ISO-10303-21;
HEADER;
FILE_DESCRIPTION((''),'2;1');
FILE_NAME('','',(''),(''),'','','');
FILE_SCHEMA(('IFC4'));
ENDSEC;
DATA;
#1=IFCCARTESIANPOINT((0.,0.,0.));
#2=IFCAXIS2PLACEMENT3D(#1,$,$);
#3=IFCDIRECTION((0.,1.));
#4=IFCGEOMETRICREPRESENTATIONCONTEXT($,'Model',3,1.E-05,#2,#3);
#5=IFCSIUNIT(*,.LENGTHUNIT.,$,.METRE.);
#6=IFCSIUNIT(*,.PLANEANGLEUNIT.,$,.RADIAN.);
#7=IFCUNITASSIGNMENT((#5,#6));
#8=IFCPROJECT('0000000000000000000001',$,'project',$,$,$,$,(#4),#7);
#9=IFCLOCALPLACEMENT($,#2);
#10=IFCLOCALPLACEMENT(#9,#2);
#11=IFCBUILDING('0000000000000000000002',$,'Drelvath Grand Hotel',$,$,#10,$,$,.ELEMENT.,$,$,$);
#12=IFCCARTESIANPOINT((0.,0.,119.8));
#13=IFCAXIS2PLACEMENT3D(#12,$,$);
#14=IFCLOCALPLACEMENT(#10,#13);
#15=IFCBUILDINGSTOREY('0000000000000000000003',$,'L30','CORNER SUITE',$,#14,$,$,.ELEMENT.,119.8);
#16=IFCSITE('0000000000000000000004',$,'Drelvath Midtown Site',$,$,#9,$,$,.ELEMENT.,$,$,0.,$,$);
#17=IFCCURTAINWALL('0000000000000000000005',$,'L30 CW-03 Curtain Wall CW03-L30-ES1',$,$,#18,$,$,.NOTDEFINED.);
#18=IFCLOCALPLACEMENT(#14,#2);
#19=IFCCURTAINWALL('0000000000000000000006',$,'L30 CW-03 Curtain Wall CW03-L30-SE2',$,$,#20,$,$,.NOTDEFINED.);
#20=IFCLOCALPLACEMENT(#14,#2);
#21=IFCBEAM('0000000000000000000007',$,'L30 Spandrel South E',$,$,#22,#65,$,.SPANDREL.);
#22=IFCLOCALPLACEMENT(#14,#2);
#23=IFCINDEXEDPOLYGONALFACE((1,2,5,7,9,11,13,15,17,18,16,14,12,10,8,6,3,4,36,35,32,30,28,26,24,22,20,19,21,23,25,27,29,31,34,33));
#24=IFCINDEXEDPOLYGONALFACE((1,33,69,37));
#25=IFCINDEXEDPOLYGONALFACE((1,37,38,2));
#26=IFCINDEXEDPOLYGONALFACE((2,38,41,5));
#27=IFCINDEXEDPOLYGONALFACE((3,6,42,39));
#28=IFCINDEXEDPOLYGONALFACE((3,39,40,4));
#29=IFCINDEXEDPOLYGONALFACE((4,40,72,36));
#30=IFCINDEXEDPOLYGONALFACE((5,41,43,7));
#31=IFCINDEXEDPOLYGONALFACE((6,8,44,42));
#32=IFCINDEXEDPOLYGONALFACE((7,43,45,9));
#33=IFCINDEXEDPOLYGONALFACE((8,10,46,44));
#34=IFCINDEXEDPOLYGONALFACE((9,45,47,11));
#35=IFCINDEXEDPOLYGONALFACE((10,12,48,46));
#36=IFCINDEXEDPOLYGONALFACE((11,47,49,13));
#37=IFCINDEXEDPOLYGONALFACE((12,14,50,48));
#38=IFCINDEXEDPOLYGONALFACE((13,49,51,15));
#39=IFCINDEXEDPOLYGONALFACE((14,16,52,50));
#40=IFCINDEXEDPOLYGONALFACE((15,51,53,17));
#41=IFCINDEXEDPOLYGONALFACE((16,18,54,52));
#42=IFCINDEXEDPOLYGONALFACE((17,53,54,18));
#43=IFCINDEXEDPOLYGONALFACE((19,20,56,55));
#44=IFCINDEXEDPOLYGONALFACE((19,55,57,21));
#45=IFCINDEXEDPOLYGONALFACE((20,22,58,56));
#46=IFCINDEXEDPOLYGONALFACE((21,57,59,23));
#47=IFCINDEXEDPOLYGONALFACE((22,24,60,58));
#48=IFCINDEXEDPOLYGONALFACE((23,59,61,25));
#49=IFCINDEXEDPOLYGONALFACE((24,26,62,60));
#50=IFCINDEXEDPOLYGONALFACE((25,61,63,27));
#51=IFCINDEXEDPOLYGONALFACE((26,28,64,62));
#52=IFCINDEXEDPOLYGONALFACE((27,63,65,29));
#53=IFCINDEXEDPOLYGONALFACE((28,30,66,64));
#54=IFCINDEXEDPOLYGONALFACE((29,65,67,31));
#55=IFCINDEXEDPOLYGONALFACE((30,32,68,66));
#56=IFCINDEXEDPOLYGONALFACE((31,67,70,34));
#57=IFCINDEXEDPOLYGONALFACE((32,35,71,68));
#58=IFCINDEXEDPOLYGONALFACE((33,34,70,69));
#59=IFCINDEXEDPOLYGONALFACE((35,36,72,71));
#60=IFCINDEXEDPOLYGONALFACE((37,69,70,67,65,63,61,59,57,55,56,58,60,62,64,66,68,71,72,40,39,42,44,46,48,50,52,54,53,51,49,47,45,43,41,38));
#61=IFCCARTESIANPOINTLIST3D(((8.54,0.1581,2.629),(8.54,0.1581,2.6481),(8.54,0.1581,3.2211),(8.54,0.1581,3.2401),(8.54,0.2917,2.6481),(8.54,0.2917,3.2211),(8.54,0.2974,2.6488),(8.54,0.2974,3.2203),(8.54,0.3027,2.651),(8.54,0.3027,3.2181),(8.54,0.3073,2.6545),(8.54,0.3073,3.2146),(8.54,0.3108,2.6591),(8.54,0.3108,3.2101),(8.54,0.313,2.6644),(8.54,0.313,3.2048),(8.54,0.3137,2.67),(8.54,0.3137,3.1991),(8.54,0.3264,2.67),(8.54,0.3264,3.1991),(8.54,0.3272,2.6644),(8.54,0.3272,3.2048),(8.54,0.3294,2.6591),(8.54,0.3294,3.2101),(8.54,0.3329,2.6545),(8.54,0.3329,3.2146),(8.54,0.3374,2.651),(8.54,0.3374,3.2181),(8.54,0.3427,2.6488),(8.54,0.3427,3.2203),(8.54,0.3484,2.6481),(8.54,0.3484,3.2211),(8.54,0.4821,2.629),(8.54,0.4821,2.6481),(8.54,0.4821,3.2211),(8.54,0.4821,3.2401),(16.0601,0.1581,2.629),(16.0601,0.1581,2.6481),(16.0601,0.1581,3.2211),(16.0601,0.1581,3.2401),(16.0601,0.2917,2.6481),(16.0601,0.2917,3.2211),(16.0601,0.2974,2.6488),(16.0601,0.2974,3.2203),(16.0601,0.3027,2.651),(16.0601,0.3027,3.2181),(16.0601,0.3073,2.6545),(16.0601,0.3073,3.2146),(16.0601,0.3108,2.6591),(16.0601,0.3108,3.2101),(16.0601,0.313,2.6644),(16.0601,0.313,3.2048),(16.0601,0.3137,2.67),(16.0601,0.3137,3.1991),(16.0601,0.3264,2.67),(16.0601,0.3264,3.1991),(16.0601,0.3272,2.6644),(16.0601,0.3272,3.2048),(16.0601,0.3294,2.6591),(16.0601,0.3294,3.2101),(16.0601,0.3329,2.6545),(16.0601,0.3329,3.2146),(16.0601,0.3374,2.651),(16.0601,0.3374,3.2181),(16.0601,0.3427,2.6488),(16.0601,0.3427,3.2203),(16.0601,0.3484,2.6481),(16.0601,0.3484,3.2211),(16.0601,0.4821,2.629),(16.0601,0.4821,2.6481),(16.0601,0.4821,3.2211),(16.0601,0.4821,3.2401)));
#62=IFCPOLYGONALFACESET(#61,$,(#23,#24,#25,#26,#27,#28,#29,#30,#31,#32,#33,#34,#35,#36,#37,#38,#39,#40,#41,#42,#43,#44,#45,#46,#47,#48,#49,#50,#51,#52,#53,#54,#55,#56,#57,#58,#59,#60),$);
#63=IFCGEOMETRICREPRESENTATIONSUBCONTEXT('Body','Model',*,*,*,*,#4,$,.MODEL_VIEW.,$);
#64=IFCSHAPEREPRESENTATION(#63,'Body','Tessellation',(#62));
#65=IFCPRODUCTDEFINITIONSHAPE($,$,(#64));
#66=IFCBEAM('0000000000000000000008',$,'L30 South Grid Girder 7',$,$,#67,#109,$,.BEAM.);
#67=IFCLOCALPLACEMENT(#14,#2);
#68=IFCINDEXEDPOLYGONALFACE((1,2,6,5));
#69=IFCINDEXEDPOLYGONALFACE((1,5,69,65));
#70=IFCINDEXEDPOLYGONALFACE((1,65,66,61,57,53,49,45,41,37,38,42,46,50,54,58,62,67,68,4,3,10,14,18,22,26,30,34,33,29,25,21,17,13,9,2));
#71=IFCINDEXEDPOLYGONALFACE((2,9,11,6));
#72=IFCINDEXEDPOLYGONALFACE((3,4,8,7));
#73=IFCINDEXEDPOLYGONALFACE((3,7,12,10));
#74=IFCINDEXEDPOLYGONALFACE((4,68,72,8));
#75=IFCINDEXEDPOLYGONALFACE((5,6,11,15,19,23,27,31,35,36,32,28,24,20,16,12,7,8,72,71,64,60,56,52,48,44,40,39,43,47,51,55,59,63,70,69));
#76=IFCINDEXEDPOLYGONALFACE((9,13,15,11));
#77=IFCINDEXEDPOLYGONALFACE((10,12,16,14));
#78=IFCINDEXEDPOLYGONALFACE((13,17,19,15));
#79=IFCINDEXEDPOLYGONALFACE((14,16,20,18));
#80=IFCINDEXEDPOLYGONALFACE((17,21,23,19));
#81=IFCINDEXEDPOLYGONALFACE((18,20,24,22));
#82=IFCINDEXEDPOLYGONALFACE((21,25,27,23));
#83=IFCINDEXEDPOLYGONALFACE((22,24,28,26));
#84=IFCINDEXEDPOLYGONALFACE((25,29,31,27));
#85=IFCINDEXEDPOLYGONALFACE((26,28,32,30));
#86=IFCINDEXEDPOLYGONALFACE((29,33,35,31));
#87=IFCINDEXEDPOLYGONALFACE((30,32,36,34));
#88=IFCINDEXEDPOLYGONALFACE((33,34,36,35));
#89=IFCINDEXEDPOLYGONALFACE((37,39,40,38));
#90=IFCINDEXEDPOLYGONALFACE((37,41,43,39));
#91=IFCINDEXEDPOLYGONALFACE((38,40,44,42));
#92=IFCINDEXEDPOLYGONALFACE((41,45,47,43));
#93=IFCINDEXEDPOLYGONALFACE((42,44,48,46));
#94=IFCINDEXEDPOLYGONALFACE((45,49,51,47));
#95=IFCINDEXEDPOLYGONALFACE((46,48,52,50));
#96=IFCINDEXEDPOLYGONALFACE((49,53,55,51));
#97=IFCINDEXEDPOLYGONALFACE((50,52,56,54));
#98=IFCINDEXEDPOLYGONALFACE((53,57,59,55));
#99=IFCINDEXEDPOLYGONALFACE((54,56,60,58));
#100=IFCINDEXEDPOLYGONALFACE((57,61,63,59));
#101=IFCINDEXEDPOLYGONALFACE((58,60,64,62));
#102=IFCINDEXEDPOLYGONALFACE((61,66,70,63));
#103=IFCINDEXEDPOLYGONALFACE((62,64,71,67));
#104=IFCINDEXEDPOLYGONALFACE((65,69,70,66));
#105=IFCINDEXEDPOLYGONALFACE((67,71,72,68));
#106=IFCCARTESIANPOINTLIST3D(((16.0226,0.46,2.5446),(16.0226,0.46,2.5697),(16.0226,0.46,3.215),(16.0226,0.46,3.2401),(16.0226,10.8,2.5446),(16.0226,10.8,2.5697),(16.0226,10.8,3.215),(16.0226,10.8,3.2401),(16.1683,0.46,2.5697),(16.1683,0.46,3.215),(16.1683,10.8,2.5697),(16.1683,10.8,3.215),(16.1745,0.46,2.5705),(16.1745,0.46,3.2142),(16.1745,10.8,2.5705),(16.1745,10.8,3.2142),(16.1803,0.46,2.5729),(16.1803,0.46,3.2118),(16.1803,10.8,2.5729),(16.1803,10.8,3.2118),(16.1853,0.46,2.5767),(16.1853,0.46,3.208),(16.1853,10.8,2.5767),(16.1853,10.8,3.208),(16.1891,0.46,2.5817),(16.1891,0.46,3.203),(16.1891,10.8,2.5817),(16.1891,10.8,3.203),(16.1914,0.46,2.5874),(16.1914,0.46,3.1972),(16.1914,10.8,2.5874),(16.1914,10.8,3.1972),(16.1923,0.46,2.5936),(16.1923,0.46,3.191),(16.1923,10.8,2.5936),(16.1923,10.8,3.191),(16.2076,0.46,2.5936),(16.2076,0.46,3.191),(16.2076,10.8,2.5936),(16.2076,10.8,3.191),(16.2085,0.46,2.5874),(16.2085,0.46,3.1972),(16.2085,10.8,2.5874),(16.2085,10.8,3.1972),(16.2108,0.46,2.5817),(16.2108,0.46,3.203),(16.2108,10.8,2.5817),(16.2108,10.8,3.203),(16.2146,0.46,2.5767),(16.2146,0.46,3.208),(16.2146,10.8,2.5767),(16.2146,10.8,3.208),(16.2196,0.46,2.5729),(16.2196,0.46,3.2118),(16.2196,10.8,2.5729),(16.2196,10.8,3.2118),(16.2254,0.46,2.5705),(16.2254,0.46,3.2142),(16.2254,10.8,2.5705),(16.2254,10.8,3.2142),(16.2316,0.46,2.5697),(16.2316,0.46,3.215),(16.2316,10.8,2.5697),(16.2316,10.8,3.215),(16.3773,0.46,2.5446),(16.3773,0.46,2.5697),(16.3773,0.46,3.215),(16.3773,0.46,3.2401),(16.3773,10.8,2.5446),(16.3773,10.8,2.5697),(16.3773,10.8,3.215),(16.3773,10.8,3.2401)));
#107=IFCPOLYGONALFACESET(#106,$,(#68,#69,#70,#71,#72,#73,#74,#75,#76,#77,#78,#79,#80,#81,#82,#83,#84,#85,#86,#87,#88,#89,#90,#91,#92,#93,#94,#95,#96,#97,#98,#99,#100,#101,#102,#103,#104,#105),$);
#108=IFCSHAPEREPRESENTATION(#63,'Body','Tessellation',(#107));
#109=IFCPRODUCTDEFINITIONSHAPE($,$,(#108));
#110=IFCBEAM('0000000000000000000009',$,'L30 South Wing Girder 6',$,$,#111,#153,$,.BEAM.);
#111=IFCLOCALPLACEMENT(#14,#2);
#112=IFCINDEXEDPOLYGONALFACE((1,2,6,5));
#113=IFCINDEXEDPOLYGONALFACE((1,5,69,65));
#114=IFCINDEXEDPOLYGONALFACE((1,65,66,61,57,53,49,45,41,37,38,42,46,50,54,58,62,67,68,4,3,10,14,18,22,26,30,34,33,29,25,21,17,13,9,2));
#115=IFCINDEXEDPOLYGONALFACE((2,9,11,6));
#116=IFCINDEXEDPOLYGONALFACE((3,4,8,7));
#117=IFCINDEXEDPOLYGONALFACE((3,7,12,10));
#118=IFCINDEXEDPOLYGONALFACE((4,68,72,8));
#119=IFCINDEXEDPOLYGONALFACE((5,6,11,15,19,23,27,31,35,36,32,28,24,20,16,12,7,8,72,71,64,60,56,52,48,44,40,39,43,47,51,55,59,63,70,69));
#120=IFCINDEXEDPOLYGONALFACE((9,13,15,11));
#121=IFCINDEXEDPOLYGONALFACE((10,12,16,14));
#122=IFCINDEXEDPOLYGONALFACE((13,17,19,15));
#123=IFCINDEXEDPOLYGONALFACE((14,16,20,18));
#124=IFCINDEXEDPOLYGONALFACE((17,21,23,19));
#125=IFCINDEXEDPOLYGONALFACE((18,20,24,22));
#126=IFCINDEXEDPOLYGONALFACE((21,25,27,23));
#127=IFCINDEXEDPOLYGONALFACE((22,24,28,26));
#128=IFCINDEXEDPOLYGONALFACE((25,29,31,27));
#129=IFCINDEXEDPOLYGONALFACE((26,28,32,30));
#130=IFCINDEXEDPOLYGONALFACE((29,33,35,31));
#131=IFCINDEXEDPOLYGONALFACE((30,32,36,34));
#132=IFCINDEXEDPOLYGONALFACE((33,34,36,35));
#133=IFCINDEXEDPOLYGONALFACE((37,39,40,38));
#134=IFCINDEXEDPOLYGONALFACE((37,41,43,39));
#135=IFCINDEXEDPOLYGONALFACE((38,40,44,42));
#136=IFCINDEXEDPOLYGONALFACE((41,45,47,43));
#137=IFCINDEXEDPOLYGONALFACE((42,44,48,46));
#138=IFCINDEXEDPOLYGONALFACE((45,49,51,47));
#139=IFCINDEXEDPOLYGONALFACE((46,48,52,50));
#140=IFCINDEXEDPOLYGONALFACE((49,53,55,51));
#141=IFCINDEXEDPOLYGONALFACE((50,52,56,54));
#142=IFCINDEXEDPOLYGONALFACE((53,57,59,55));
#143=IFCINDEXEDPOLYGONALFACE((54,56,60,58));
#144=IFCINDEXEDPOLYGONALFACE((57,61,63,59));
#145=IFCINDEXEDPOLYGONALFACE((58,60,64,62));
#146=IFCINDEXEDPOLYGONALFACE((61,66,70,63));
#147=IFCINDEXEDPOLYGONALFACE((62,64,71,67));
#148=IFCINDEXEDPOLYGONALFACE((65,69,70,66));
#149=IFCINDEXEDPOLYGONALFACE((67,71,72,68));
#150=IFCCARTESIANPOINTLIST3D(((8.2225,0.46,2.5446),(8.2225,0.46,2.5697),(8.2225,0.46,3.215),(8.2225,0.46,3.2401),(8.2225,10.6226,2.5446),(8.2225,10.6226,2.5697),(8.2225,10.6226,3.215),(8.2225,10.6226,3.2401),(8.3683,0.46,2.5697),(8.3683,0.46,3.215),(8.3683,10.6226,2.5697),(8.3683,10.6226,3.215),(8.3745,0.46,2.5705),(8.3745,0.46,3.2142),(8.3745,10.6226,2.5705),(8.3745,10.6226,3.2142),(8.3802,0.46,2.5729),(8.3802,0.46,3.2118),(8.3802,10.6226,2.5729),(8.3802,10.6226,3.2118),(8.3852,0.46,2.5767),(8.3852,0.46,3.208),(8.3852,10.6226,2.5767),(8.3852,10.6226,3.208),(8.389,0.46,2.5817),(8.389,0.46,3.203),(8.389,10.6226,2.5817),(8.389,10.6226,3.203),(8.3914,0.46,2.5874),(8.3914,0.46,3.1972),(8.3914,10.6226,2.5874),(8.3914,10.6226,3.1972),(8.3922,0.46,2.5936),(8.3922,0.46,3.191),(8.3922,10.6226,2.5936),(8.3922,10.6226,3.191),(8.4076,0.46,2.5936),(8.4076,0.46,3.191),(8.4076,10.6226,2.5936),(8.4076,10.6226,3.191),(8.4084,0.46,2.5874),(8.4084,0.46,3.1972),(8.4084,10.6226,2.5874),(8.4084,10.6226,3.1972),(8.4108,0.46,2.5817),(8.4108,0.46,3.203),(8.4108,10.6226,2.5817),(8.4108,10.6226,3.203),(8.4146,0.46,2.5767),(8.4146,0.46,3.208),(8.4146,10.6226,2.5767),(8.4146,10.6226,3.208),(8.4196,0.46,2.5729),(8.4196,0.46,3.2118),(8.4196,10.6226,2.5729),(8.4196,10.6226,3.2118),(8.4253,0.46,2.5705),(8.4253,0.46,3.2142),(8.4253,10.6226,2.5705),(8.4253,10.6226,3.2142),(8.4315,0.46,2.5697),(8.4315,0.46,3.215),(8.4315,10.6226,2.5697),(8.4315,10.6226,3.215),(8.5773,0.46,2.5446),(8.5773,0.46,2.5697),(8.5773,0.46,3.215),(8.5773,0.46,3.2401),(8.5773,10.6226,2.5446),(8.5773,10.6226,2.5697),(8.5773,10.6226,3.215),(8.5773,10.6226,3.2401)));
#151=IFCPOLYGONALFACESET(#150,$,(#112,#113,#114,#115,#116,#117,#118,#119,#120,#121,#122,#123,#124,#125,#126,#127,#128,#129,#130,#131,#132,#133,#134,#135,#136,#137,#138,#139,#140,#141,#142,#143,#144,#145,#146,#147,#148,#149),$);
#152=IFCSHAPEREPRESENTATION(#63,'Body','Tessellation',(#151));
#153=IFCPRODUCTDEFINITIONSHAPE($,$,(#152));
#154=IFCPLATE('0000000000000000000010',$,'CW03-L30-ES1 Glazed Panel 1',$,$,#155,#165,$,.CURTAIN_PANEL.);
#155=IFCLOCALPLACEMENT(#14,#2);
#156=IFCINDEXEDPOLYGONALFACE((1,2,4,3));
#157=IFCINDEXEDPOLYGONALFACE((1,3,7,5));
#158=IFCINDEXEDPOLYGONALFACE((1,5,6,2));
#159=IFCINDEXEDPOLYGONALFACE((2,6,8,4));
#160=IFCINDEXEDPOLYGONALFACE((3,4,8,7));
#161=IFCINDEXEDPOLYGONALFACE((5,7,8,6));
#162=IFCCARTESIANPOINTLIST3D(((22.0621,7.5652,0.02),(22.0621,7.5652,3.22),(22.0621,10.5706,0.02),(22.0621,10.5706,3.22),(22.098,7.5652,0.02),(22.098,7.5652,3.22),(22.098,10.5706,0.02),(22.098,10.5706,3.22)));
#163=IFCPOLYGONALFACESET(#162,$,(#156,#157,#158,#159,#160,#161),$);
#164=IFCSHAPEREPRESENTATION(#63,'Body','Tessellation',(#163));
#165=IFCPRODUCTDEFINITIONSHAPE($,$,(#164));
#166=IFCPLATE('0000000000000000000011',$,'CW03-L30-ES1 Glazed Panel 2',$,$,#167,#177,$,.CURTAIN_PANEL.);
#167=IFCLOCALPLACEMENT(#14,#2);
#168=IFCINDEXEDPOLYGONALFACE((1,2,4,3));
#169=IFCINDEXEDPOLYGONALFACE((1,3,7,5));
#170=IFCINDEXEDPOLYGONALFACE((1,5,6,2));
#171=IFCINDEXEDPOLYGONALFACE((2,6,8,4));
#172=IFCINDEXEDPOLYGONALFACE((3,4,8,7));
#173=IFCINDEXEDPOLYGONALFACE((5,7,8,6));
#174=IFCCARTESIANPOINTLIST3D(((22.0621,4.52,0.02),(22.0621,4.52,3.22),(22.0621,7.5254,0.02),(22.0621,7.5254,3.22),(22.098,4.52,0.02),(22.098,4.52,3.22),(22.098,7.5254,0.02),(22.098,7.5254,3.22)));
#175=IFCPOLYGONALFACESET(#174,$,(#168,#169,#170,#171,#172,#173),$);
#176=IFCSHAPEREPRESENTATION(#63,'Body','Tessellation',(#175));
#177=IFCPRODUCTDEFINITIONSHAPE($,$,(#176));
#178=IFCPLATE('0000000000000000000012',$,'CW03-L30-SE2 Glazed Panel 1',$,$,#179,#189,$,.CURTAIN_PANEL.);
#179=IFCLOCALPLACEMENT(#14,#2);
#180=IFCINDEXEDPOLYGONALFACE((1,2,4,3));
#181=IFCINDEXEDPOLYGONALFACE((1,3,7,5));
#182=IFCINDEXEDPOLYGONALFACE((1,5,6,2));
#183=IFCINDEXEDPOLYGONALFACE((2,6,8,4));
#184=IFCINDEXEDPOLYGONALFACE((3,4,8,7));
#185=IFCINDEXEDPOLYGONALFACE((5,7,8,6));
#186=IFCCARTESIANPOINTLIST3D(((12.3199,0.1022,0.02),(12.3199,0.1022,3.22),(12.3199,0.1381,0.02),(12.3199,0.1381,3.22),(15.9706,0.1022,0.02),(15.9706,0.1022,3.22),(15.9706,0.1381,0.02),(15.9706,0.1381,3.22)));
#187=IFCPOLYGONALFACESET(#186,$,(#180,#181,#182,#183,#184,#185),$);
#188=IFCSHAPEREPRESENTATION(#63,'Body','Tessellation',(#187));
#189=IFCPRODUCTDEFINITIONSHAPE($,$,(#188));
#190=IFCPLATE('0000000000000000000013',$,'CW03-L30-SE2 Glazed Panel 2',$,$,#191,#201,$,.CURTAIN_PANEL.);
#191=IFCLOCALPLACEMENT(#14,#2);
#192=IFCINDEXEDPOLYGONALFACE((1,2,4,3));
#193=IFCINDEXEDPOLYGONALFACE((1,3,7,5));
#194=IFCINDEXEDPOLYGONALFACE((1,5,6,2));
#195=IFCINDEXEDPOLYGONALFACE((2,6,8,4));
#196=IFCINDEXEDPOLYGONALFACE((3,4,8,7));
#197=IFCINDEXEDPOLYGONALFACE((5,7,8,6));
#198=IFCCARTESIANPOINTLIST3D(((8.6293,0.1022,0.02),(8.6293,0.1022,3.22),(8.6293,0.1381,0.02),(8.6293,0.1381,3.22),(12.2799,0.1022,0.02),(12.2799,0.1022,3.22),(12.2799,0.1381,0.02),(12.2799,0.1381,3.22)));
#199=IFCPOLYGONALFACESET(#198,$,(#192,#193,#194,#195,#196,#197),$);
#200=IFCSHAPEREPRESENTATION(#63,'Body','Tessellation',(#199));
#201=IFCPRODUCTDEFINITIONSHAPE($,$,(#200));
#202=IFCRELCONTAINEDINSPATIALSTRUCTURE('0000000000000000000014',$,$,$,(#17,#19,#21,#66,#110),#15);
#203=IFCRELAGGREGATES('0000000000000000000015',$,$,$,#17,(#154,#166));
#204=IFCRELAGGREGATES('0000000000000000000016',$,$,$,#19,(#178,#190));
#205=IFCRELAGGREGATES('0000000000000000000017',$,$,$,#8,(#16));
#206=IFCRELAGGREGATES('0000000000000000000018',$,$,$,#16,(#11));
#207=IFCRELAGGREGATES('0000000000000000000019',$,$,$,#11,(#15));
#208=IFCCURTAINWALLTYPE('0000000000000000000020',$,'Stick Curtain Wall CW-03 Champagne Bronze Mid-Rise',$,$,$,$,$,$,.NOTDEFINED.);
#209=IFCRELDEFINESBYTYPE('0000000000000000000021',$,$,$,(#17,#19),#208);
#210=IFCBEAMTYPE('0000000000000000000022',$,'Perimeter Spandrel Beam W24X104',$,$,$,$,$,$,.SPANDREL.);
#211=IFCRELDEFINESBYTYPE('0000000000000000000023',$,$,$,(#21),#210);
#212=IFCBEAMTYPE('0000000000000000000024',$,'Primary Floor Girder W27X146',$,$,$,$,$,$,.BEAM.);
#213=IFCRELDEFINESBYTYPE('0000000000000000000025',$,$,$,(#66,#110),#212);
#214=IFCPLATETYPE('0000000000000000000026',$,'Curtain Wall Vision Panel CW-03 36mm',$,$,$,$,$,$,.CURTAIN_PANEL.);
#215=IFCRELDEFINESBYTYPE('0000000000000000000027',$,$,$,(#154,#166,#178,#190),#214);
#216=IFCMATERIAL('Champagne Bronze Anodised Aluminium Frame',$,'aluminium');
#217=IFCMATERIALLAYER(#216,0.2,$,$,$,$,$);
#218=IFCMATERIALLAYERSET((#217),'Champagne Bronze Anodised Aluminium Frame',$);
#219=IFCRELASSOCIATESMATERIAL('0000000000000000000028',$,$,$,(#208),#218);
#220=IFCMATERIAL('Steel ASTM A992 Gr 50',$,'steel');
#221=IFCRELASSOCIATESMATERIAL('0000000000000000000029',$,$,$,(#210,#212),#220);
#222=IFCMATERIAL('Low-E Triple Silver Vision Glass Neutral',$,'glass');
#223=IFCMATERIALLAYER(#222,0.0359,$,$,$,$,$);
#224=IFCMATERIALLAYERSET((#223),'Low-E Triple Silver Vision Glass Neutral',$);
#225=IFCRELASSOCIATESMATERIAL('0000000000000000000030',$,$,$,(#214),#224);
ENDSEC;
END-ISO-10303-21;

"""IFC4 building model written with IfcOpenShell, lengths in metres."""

from ifc_helpers import new_model, si_unit, direction, frame, origin, origin_2d, place, context, subcontext, project, spatial, rectangle, i_section, extrude, material, layer, layer_set, material_profile, profile_set, type_object, element, aggregate, save


model = new_model("IFC4")

# Units and contexts
model_context = context("Model", 3, precision=1e-05, world=origin(), true_north=direction((0.0, 1.0)))
body_context = subcontext(model_context, "Body", "Model", "MODEL_VIEW")
ifc_project = project(units=[si_unit("LENGTHUNIT", "METRE"), si_unit("PLANEANGLEUNIT", "RADIAN")], contexts=[model_context])

# Site, building, storey
site_placement = place(None, origin())
site = spatial("IfcSite", under=ifc_project, at=site_placement, Name="Drelvath Midtown Site", CompositionType="ELEMENT", RefElevation=0.0)
building_placement = place(site_placement, origin())
building = spatial("IfcBuilding", under=site, at=building_placement, Name="Drelvath Grand Hotel", CompositionType="ELEMENT")
storey_placement = place(building_placement, frame((0.0, 0.0, 119.8)))
storey = spatial("IfcBuildingStorey", under=building, at=storey_placement, Name="L30", Description="CORNER SUITE", CompositionType="ELEMENT", Elevation=119.8)

# Curtain walls
ifc_material_1 = material(Name="Champagne Bronze Anodised Aluminium Frame", Category="aluminium")
ifc_layer_1 = layer(ifc_material_1, 0.2)
ifc_layer_set_1 = layer_set([ifc_layer_1], Name="Champagne Bronze Anodised Aluminium Frame")
curtain_wall_type = type_object("IfcCurtainWallType", Name="Stick Curtain Wall CW-03 Champagne Bronze Mid-Rise", PredefinedType="NOTDEFINED", material=ifc_layer_set_1)
curtain_wall_1_placement = place(storey_placement, origin())
curtain_wall_1 = element("IfcCurtainWall", 1, at=curtain_wall_1_placement, inside=storey, type_object=curtain_wall_type, Name="L30 CW-03 Curtain Wall CW03-L30-ES1", PredefinedType="NOTDEFINED")
curtain_wall_2_placement = place(storey_placement, origin())
curtain_wall_2 = element("IfcCurtainWall", 2, at=curtain_wall_2_placement, inside=storey, type_object=curtain_wall_type, Name="L30 CW-03 Curtain Wall CW03-L30-SE2", PredefinedType="NOTDEFINED")

# Beams
ifc_material_2 = material(Name="Steel ASTM A992 Gr 50", Category="steel")
ifc_material_profile_1 = material_profile(ifc_material_2, i_section(OverallWidth=0.324, OverallDepth=0.6111, WebThickness=0.0127, FlangeThickness=0.019, FilletRadius=0.022, at=origin_2d()), Name="W24X104")
ifc_profile_set_1 = profile_set([ifc_material_profile_1], Name="Steel ASTM A992 Gr 50")
beam_type_1 = type_object("IfcBeamType", Name="Perimeter Spandrel Beam W24X104", PredefinedType="SPANDREL", material=ifc_profile_set_1)
beam_1_placement = place(storey_placement, frame((8.54, 0.3201, 2.9346), z_axis=(1.0, 0.0, 0.0), x_axis=(0.0, 1.0, 0.0)))
element("IfcBeam", 3, at=beam_1_placement, inside=storey, type_object=beam_type_1, Name="L30 Spandrel South E", PredefinedType="SPANDREL", context=body_context, shape_type="SweptSolid", body=[
    extrude(i_section(OverallWidth=0.324, OverallDepth=0.6111, WebThickness=0.0127, FlangeThickness=0.019, FilletRadius=0.022, at=origin_2d()), origin(), (0.0, 0.0, 1.0), 7.52),
])
ifc_material_profile_2 = material_profile(ifc_material_2, i_section(OverallWidth=0.3547, OverallDepth=0.6956, WebThickness=0.0154, FlangeThickness=0.0251, FilletRadius=0.0239, at=origin_2d()), Name="W27X146")
ifc_profile_set_2 = profile_set([ifc_material_profile_2], Name="Steel ASTM A992 Gr 50")
beam_type_2 = type_object("IfcBeamType", Name="Primary Floor Girder W27X146", PredefinedType="BEAM", material=ifc_profile_set_2)
beam_2_placement = place(storey_placement, frame((16.2, 0.46, 2.8923), z_axis=(0.0, 1.0, 0.0), x_axis=(-1.0, 0.0, 0.0)))
element("IfcBeam", 4, at=beam_2_placement, inside=storey, type_object=beam_type_2, Name="L30 South Grid Girder 7", PredefinedType="BEAM", context=body_context, shape_type="SweptSolid", body=[
    extrude(i_section(OverallWidth=0.3547, OverallDepth=0.6956, WebThickness=0.0154, FlangeThickness=0.0251, FilletRadius=0.0239, at=origin_2d()), origin(), (0.0, 0.0, 1.0), 10.3401),
])
beam_3_placement = place(storey_placement, frame((8.3999, 0.46, 2.8923), z_axis=(0.0, 1.0, 0.0), x_axis=(-1.0, 0.0, 0.0)))
element("IfcBeam", 5, at=beam_3_placement, inside=storey, type_object=beam_type_2, Name="L30 South Wing Girder 6", PredefinedType="BEAM", context=body_context, shape_type="SweptSolid", body=[
    extrude(i_section(OverallWidth=0.3547, OverallDepth=0.6956, WebThickness=0.0154, FlangeThickness=0.0251, FilletRadius=0.0239, at=origin_2d()), origin(), (0.0, 0.0, 1.0), 10.1626),
])

# Plates
ifc_material_3 = material(Name="Low-E Triple Silver Vision Glass Neutral", Category="glass")
ifc_layer_2 = layer(ifc_material_3, 0.0359)
ifc_layer_set_2 = layer_set([ifc_layer_2], Name="Low-E Triple Silver Vision Glass Neutral")
plate_type = type_object("IfcPlateType", Name="Curtain Wall Vision Panel CW-03 36mm", PredefinedType="CURTAIN_PANEL", material=ifc_layer_set_2)
plate_1_placement = place(storey_placement, frame((22.0801, 9.0679, 0.02), z_axis=(0.0, 0.0, 1.0), x_axis=(0.0, -1.0, 0.0)))
plate_1 = element("IfcPlate", 6, at=plate_1_placement, type_object=plate_type, Name="CW03-L30-ES1 Glazed Panel 1", PredefinedType="CURTAIN_PANEL", context=body_context, shape_type="SweptSolid", body=[
    extrude(rectangle(XDim=3.0054, YDim=0.0359, at=origin_2d()), origin(), (0.0, 0.0, 1.0), 3.2),
])
plate_2_placement = place(storey_placement, frame((22.0801, 6.0227, 0.02), z_axis=(0.0, 0.0, 1.0), x_axis=(0.0, -1.0, 0.0)))
plate_2 = element("IfcPlate", 7, at=plate_2_placement, type_object=plate_type, Name="CW03-L30-ES1 Glazed Panel 2", PredefinedType="CURTAIN_PANEL", context=body_context, shape_type="SweptSolid", body=[
    extrude(rectangle(XDim=3.0054, YDim=0.0359, at=origin_2d()), origin(), (0.0, 0.0, 1.0), 3.2),
])
aggregate(curtain_wall_1, [plate_1, plate_2])
plate_3_placement = place(storey_placement, frame((14.1453, 0.1201, 0.02), z_axis=(0.0, 0.0, 1.0), x_axis=(-1.0, 0.0, 0.0)))
plate_3 = element("IfcPlate", 8, at=plate_3_placement, type_object=plate_type, Name="CW03-L30-SE2 Glazed Panel 1", PredefinedType="CURTAIN_PANEL", context=body_context, shape_type="SweptSolid", body=[
    extrude(rectangle(XDim=3.6506, YDim=0.0359, at=origin_2d()), origin(), (0.0, 0.0, 1.0), 3.2),
])
plate_4_placement = place(storey_placement, frame((10.4546, 0.1201, 0.02), z_axis=(0.0, 0.0, 1.0), x_axis=(-1.0, 0.0, 0.0)))
plate_4 = element("IfcPlate", 9, at=plate_4_placement, type_object=plate_type, Name="CW03-L30-SE2 Glazed Panel 2", PredefinedType="CURTAIN_PANEL", context=body_context, shape_type="SweptSolid", body=[
    extrude(rectangle(XDim=3.6506, YDim=0.0359, at=origin_2d()), origin(), (0.0, 0.0, 1.0), 3.2),
])
aggregate(curtain_wall_2, [plate_3, plate_4])

save(model, "model.ifc")
